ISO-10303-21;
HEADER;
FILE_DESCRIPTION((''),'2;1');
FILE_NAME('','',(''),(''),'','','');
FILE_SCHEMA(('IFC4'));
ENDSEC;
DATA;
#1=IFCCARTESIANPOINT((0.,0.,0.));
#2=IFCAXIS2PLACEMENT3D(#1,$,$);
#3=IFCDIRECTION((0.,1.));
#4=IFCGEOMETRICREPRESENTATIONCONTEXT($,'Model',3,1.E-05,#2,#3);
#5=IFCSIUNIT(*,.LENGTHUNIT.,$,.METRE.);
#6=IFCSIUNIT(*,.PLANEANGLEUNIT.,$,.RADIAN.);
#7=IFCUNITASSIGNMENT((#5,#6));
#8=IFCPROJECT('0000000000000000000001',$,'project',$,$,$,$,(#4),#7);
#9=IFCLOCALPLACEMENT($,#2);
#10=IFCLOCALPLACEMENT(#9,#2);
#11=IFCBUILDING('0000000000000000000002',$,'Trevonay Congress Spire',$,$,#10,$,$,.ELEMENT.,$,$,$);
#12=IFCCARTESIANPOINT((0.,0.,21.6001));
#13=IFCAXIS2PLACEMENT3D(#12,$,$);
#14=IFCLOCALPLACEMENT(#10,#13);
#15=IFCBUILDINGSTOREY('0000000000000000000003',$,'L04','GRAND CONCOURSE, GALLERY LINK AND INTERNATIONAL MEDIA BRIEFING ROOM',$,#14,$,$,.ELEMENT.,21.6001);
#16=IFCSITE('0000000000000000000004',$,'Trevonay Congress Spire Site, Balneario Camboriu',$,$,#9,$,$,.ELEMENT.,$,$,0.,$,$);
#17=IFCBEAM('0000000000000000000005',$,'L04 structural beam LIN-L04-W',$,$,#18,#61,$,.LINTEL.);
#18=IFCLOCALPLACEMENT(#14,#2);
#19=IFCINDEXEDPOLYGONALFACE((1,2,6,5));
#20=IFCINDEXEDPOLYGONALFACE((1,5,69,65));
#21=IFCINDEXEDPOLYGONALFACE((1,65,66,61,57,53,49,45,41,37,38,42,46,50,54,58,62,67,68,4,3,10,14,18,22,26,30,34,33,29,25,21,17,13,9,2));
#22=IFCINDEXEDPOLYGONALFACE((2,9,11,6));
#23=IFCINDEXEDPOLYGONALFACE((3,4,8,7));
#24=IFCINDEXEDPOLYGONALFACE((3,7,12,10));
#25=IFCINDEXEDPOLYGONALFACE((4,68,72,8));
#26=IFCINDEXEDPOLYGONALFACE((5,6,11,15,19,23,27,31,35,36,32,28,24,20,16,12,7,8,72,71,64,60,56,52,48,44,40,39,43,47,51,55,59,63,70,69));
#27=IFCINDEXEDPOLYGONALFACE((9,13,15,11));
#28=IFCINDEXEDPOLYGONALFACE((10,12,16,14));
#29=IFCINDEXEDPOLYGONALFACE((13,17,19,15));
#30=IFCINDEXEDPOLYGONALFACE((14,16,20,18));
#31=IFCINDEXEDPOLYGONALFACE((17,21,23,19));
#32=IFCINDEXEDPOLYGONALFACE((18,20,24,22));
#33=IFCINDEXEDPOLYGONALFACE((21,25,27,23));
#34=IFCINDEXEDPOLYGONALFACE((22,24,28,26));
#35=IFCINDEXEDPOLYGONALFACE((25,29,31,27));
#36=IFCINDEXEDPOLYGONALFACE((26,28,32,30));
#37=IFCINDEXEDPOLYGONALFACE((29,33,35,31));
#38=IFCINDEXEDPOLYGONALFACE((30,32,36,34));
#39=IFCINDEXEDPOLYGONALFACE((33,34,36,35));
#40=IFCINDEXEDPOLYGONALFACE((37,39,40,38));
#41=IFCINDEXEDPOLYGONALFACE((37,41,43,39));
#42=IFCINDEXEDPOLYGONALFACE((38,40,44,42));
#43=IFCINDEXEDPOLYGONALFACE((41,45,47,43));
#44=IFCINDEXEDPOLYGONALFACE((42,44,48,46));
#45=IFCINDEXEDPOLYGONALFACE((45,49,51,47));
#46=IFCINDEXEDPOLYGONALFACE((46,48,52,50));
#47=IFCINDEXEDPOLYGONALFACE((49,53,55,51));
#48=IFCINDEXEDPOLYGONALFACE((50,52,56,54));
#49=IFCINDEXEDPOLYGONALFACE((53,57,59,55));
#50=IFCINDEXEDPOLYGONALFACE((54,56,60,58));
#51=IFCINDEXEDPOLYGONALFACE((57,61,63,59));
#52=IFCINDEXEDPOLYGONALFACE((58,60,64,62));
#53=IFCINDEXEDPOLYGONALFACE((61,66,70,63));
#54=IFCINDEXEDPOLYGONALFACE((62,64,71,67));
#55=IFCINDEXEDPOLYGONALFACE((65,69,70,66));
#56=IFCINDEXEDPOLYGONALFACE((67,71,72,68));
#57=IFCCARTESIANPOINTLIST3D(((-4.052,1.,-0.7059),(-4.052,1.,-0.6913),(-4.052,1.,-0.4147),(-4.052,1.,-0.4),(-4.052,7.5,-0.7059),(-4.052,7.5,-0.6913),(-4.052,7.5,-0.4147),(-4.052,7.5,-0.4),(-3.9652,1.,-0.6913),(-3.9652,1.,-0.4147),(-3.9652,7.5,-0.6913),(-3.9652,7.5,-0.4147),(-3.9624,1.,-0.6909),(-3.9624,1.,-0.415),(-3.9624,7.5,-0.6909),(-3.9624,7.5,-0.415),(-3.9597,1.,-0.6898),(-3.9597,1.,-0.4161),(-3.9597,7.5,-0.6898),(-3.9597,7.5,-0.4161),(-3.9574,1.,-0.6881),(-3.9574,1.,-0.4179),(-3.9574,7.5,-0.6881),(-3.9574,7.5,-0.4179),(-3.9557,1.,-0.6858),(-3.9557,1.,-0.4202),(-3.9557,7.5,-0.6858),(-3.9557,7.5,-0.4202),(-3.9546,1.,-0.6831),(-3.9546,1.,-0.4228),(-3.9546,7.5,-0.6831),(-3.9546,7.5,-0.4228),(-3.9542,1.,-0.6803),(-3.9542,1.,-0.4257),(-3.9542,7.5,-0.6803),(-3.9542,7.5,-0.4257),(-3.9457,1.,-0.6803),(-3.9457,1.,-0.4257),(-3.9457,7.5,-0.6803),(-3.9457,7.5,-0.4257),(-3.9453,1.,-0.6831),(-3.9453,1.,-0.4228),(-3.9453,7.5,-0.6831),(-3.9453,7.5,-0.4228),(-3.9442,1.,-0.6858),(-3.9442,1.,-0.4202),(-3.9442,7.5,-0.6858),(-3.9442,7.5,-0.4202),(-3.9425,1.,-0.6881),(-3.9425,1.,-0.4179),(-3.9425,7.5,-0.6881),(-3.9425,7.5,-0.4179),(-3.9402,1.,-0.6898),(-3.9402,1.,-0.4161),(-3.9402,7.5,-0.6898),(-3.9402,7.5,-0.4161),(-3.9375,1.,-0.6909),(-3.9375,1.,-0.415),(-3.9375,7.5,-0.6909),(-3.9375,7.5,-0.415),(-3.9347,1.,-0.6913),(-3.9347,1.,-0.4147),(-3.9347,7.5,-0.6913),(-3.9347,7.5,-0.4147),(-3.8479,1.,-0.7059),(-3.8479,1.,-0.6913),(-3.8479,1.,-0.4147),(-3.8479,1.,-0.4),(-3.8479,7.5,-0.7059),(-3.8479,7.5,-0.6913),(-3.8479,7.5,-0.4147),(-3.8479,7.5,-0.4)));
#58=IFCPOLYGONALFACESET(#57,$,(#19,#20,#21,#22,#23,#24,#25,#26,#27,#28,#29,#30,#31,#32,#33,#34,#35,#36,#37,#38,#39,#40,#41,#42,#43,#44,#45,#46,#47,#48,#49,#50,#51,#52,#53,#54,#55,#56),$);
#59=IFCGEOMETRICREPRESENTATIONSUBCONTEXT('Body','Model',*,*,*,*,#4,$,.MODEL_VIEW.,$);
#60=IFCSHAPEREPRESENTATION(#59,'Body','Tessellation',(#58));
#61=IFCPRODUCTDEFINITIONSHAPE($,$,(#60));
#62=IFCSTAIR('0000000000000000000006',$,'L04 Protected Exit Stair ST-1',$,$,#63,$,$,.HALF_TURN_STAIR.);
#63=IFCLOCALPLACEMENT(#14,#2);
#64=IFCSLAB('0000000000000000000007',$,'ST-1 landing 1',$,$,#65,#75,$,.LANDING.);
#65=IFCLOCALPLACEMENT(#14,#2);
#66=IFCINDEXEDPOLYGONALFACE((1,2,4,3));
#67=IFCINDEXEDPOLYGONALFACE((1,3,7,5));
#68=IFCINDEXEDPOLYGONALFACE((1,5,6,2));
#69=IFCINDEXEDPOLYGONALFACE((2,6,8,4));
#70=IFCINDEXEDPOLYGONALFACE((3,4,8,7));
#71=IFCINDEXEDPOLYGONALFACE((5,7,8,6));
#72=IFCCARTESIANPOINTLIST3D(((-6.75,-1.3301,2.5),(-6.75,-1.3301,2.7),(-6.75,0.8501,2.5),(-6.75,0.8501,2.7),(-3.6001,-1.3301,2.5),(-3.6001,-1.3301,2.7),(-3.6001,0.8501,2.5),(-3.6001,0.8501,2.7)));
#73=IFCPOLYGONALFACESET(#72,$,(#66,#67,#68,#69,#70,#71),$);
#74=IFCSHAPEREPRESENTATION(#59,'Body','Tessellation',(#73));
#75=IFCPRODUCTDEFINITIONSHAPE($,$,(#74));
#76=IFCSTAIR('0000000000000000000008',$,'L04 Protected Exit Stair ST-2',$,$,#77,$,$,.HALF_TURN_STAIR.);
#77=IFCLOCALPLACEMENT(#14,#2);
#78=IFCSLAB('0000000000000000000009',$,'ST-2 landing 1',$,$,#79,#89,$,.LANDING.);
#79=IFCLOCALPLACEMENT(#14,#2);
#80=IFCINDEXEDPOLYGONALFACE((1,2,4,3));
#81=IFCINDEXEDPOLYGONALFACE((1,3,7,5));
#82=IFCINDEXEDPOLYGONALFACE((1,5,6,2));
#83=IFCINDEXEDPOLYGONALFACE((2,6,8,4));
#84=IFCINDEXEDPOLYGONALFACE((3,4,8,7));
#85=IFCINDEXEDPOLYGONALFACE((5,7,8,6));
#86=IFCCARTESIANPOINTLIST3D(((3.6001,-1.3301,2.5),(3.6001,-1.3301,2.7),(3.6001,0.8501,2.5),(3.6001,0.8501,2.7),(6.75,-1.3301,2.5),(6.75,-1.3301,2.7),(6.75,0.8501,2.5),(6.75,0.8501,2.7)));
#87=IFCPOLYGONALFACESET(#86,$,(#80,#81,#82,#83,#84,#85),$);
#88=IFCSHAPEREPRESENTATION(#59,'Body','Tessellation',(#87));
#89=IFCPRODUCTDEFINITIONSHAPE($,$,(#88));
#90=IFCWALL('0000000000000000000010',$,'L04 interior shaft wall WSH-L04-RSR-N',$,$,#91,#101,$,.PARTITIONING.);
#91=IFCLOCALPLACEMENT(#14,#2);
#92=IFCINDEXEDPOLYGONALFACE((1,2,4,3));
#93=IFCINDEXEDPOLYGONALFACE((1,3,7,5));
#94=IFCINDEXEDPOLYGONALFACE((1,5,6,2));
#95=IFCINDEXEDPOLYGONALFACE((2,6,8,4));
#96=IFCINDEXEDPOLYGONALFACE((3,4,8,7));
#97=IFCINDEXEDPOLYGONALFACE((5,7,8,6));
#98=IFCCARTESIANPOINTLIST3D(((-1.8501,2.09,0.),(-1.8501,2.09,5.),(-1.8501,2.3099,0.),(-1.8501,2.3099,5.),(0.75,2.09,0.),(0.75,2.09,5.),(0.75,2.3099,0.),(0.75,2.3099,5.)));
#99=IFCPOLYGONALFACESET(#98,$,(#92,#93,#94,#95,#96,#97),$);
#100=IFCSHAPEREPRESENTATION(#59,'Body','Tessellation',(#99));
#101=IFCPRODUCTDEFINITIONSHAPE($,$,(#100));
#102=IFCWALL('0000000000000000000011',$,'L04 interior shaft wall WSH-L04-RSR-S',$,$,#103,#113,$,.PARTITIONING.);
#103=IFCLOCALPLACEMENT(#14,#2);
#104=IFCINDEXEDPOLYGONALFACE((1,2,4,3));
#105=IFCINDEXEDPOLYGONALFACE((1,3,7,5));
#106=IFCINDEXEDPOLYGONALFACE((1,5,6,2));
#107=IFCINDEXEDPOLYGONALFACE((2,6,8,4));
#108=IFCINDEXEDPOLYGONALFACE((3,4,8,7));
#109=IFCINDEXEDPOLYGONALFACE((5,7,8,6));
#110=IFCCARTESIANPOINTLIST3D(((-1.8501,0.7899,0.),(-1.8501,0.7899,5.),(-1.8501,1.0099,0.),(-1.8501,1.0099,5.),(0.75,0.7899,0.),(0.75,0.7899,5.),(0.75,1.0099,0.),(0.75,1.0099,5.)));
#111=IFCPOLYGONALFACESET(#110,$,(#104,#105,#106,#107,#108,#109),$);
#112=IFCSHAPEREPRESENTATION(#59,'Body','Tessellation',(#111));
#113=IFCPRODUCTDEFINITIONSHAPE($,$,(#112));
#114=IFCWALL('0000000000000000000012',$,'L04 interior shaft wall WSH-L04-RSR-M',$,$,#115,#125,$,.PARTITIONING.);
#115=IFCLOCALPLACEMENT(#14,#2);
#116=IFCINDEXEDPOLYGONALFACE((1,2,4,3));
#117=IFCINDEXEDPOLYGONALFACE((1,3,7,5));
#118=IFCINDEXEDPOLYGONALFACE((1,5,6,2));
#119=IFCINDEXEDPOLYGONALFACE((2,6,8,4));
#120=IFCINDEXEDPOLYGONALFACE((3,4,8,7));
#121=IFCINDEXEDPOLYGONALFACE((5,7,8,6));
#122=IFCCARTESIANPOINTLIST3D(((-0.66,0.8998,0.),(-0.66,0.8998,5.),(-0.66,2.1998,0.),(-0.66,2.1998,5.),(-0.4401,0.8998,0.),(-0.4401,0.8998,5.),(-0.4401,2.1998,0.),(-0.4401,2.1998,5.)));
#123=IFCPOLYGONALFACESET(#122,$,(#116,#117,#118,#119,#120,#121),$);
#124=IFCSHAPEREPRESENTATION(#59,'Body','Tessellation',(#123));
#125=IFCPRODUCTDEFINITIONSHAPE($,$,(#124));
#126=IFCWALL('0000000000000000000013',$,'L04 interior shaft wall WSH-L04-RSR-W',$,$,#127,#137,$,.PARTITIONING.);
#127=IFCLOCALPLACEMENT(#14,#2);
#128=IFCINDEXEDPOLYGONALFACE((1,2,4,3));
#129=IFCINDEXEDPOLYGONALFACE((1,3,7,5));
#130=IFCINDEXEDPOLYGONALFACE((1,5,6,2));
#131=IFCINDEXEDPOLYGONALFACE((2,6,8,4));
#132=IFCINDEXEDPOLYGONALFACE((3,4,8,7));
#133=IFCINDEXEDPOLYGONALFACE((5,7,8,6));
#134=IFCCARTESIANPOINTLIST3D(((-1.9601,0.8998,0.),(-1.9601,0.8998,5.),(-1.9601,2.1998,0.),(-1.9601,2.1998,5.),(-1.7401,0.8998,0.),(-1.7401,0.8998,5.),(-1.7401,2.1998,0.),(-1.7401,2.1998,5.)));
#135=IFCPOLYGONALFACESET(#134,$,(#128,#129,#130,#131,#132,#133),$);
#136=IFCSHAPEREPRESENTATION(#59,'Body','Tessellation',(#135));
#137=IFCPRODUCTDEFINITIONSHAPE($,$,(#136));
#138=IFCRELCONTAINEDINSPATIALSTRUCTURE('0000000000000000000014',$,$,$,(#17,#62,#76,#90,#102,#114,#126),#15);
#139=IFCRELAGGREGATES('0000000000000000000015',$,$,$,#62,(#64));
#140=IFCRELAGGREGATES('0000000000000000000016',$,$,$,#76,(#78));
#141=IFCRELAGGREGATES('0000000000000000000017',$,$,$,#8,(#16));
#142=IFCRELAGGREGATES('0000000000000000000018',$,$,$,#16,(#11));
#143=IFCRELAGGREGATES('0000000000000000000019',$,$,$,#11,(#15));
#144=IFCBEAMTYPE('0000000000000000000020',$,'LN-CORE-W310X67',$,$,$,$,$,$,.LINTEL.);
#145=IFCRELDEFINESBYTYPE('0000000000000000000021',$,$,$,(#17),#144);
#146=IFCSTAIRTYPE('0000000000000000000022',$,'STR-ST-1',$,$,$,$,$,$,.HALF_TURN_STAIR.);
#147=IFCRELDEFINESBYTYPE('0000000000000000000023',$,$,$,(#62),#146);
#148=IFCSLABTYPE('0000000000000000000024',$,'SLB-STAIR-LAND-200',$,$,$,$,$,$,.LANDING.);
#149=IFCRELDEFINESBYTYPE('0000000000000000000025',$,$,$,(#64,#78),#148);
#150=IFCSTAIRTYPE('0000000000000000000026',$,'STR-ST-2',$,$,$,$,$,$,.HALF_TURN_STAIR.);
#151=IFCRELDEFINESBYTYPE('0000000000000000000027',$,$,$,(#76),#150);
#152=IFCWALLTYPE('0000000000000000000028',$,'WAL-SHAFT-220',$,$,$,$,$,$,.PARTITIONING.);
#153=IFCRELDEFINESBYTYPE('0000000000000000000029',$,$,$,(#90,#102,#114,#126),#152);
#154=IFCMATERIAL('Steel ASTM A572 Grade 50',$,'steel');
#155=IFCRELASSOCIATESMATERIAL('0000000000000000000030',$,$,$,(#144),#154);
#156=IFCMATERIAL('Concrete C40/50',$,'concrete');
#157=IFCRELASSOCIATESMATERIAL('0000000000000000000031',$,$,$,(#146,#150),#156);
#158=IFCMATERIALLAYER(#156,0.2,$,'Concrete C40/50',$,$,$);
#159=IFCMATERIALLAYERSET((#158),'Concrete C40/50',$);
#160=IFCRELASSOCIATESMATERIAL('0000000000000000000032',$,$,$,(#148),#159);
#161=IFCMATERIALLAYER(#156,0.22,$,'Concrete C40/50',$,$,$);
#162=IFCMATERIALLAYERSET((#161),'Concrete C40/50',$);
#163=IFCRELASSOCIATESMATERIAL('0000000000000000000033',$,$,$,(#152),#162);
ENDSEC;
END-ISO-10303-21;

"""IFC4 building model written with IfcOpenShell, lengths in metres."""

from ifc_helpers import new_model, si_unit, direction, frame, frame_2d, origin, origin_2d, place, context, subcontext, project, spatial, polyline, rectangle, i_section, outline, extrude, material, layer, layer_set, material_profile, profile_set, type_object, element, aggregate, save


model = new_model("IFC4")

# Units and contexts
model_context = context("Model", 3, precision=1e-05, world=origin(), true_north=direction((0.0, 1.0)))
body_context = subcontext(model_context, "Body", "Model", "MODEL_VIEW")
ifc_project = project(units=[si_unit("LENGTHUNIT", "METRE"), si_unit("PLANEANGLEUNIT", "RADIAN")], contexts=[model_context])

# Site, building, storey
site_placement = place(None, origin())
site = spatial("IfcSite", under=ifc_project, at=site_placement, Name="Trevonay Congress Spire Site, Balneario Camboriu", CompositionType="ELEMENT", RefElevation=0.0)
building_placement = place(site_placement, origin())
building = spatial("IfcBuilding", under=site, at=building_placement, Name="Trevonay Congress Spire", CompositionType="ELEMENT")
storey_placement = place(building_placement, frame((0.0, 0.0, 21.6001)))
storey = spatial("IfcBuildingStorey", under=building, at=storey_placement, Name="L04", Description="GRAND CONCOURSE, GALLERY LINK AND INTERNATIONAL MEDIA BRIEFING ROOM", CompositionType="ELEMENT", Elevation=21.6001)

# Beam
ifc_material_1 = material(Name="Steel ASTM A572 Grade 50", Category="steel")
ifc_material_profile = material_profile(ifc_material_1, i_section(OverallWidth=0.2041, OverallDepth=0.3059, WebThickness=0.0085, FlangeThickness=0.0146, FilletRadius=0.011, at=origin_2d()), Name="W310x67")
ifc_profile_set = profile_set([ifc_material_profile], Name="Steel ASTM A572 Grade 50")
beam_type = type_object("IfcBeamType", Name="LN-CORE-W310X67", PredefinedType="LINTEL", material=ifc_profile_set)
beam_placement = place(storey_placement, frame((-3.95, 1.0, -0.553), z_axis=(0.0, 1.0, 0.0), x_axis=(-1.0, 0.0, 0.0)))
element("IfcBeam", 1, at=beam_placement, inside=storey, type_object=beam_type, Name="L04 structural beam LIN-L04-W", PredefinedType="LINTEL", context=body_context, shape_type="SweptSolid", body=[
    extrude(i_section(OverallWidth=0.2041, OverallDepth=0.3059, WebThickness=0.0085, FlangeThickness=0.0146, FilletRadius=0.011, at=origin_2d()), origin(), (0.0, 0.0, 1.0), 6.5),
])

# Stairs, slabs
ifc_material_2 = material(Name="Concrete C40/50", Category="concrete")
stair_type_1 = type_object("IfcStairType", Name="STR-ST-1", PredefinedType="HALF_TURN_STAIR", material=ifc_material_2)
stair_1_placement = place(storey_placement, origin())
stair_1 = element("IfcStair", 2, at=stair_1_placement, inside=storey, type_object=stair_type_1, Name="L04 Protected Exit Stair ST-1", PredefinedType="HALF_TURN_STAIR")
ifc_layer_1 = layer(ifc_material_2, 0.2, Name="Concrete C40/50")
ifc_layer_set_1 = layer_set([ifc_layer_1], Name="Concrete C40/50")
slab_type = type_object("IfcSlabType", Name="SLB-STAIR-LAND-200", PredefinedType="LANDING", material=ifc_layer_set_1)
slab_1_placement = place(storey_placement, frame((0.0, 0.0, 2.5)))
slab_1 = element("IfcSlab", 3, at=slab_1_placement, type_object=slab_type, Name="ST-1 landing 1", PredefinedType="LANDING", context=body_context, shape_type="SweptSolid", body=[
    extrude(outline(polyline([(-3.6001, -1.3301), (-3.6001, 0.8501), (-6.75, 0.8501), (-6.75, -1.3301), (-3.6001, -1.3301)])), origin(), (0.0, 0.0, 1.0), 0.2),
])
aggregate(stair_1, [slab_1])
stair_type_2 = type_object("IfcStairType", Name="STR-ST-2", PredefinedType="HALF_TURN_STAIR", material=ifc_material_2)
stair_2_placement = place(storey_placement, origin())
stair_2 = element("IfcStair", 4, at=stair_2_placement, inside=storey, type_object=stair_type_2, Name="L04 Protected Exit Stair ST-2", PredefinedType="HALF_TURN_STAIR")
slab_2_placement = place(storey_placement, frame((0.0, 0.0, 2.5)))
slab_2 = element("IfcSlab", 5, at=slab_2_placement, type_object=slab_type, Name="ST-2 landing 1", PredefinedType="LANDING", context=body_context, shape_type="SweptSolid", body=[
    extrude(outline(polyline([(6.75, -1.3301), (6.75, 0.8501), (3.6001, 0.8501), (3.6001, -1.3301), (6.75, -1.3301)])), origin(), (0.0, 0.0, 1.0), 0.2),
])
aggregate(stair_2, [slab_2])

# Walls
ifc_layer_2 = layer(ifc_material_2, 0.22, Name="Concrete C40/50")
ifc_layer_set_2 = layer_set([ifc_layer_2], Name="Concrete C40/50")
wall_type_1 = type_object("IfcWallType", Name="WAL-SHAFT-220", PredefinedType="PARTITIONING", material=ifc_layer_set_2)
for number, where, z_axis, x_axis, name in (
    (6, (-1.8501, 2.2, 0.0), (0.0, 0.0, 1.0), (1.0, 0.0, 0.0), "L04 interior shaft wall WSH-L04-RSR-N"),
    (7, (-1.8501, 0.8999, 0.0), (0.0, 0.0, 1.0), (1.0, 0.0, 0.0), "L04 interior shaft wall WSH-L04-RSR-S"),
):
    element("IfcWall", number, at=place(storey_placement, frame(where, z_axis=z_axis, x_axis=x_axis)), inside=storey, type_object=wall_type_1, Name=name, PredefinedType="PARTITIONING", context=body_context, shape_type="SweptSolid", body=[
        extrude(rectangle(XDim=2.6001, YDim=0.22, at=frame_2d((1.3, 0.0))), origin(), (0.0, 0.0, 1.0), 5.0),
    ])
for number, where, z_axis, x_axis, name in (
    (8, (-0.55, 0.8999, 0.0), (0.0, 0.0, 1.0), (0.0, 1.0, 0.0), "L04 interior shaft wall WSH-L04-RSR-M"),
    (9, (-1.8501, 0.8999, 0.0), (0.0, 0.0, 1.0), (0.0, 1.0, 0.0), "L04 interior shaft wall WSH-L04-RSR-W"),
):
    element("IfcWall", number, at=place(storey_placement, frame(where, z_axis=z_axis, x_axis=x_axis)), inside=storey, type_object=wall_type_1, Name=name, PredefinedType="PARTITIONING", context=body_context, shape_type="SweptSolid", body=[
        extrude(rectangle(XDim=1.3, YDim=0.22, at=frame_2d((0.6499, 0.0))), origin(), (0.0, 0.0, 1.0), 5.0),
    ])

save(model, "model.ifc")
